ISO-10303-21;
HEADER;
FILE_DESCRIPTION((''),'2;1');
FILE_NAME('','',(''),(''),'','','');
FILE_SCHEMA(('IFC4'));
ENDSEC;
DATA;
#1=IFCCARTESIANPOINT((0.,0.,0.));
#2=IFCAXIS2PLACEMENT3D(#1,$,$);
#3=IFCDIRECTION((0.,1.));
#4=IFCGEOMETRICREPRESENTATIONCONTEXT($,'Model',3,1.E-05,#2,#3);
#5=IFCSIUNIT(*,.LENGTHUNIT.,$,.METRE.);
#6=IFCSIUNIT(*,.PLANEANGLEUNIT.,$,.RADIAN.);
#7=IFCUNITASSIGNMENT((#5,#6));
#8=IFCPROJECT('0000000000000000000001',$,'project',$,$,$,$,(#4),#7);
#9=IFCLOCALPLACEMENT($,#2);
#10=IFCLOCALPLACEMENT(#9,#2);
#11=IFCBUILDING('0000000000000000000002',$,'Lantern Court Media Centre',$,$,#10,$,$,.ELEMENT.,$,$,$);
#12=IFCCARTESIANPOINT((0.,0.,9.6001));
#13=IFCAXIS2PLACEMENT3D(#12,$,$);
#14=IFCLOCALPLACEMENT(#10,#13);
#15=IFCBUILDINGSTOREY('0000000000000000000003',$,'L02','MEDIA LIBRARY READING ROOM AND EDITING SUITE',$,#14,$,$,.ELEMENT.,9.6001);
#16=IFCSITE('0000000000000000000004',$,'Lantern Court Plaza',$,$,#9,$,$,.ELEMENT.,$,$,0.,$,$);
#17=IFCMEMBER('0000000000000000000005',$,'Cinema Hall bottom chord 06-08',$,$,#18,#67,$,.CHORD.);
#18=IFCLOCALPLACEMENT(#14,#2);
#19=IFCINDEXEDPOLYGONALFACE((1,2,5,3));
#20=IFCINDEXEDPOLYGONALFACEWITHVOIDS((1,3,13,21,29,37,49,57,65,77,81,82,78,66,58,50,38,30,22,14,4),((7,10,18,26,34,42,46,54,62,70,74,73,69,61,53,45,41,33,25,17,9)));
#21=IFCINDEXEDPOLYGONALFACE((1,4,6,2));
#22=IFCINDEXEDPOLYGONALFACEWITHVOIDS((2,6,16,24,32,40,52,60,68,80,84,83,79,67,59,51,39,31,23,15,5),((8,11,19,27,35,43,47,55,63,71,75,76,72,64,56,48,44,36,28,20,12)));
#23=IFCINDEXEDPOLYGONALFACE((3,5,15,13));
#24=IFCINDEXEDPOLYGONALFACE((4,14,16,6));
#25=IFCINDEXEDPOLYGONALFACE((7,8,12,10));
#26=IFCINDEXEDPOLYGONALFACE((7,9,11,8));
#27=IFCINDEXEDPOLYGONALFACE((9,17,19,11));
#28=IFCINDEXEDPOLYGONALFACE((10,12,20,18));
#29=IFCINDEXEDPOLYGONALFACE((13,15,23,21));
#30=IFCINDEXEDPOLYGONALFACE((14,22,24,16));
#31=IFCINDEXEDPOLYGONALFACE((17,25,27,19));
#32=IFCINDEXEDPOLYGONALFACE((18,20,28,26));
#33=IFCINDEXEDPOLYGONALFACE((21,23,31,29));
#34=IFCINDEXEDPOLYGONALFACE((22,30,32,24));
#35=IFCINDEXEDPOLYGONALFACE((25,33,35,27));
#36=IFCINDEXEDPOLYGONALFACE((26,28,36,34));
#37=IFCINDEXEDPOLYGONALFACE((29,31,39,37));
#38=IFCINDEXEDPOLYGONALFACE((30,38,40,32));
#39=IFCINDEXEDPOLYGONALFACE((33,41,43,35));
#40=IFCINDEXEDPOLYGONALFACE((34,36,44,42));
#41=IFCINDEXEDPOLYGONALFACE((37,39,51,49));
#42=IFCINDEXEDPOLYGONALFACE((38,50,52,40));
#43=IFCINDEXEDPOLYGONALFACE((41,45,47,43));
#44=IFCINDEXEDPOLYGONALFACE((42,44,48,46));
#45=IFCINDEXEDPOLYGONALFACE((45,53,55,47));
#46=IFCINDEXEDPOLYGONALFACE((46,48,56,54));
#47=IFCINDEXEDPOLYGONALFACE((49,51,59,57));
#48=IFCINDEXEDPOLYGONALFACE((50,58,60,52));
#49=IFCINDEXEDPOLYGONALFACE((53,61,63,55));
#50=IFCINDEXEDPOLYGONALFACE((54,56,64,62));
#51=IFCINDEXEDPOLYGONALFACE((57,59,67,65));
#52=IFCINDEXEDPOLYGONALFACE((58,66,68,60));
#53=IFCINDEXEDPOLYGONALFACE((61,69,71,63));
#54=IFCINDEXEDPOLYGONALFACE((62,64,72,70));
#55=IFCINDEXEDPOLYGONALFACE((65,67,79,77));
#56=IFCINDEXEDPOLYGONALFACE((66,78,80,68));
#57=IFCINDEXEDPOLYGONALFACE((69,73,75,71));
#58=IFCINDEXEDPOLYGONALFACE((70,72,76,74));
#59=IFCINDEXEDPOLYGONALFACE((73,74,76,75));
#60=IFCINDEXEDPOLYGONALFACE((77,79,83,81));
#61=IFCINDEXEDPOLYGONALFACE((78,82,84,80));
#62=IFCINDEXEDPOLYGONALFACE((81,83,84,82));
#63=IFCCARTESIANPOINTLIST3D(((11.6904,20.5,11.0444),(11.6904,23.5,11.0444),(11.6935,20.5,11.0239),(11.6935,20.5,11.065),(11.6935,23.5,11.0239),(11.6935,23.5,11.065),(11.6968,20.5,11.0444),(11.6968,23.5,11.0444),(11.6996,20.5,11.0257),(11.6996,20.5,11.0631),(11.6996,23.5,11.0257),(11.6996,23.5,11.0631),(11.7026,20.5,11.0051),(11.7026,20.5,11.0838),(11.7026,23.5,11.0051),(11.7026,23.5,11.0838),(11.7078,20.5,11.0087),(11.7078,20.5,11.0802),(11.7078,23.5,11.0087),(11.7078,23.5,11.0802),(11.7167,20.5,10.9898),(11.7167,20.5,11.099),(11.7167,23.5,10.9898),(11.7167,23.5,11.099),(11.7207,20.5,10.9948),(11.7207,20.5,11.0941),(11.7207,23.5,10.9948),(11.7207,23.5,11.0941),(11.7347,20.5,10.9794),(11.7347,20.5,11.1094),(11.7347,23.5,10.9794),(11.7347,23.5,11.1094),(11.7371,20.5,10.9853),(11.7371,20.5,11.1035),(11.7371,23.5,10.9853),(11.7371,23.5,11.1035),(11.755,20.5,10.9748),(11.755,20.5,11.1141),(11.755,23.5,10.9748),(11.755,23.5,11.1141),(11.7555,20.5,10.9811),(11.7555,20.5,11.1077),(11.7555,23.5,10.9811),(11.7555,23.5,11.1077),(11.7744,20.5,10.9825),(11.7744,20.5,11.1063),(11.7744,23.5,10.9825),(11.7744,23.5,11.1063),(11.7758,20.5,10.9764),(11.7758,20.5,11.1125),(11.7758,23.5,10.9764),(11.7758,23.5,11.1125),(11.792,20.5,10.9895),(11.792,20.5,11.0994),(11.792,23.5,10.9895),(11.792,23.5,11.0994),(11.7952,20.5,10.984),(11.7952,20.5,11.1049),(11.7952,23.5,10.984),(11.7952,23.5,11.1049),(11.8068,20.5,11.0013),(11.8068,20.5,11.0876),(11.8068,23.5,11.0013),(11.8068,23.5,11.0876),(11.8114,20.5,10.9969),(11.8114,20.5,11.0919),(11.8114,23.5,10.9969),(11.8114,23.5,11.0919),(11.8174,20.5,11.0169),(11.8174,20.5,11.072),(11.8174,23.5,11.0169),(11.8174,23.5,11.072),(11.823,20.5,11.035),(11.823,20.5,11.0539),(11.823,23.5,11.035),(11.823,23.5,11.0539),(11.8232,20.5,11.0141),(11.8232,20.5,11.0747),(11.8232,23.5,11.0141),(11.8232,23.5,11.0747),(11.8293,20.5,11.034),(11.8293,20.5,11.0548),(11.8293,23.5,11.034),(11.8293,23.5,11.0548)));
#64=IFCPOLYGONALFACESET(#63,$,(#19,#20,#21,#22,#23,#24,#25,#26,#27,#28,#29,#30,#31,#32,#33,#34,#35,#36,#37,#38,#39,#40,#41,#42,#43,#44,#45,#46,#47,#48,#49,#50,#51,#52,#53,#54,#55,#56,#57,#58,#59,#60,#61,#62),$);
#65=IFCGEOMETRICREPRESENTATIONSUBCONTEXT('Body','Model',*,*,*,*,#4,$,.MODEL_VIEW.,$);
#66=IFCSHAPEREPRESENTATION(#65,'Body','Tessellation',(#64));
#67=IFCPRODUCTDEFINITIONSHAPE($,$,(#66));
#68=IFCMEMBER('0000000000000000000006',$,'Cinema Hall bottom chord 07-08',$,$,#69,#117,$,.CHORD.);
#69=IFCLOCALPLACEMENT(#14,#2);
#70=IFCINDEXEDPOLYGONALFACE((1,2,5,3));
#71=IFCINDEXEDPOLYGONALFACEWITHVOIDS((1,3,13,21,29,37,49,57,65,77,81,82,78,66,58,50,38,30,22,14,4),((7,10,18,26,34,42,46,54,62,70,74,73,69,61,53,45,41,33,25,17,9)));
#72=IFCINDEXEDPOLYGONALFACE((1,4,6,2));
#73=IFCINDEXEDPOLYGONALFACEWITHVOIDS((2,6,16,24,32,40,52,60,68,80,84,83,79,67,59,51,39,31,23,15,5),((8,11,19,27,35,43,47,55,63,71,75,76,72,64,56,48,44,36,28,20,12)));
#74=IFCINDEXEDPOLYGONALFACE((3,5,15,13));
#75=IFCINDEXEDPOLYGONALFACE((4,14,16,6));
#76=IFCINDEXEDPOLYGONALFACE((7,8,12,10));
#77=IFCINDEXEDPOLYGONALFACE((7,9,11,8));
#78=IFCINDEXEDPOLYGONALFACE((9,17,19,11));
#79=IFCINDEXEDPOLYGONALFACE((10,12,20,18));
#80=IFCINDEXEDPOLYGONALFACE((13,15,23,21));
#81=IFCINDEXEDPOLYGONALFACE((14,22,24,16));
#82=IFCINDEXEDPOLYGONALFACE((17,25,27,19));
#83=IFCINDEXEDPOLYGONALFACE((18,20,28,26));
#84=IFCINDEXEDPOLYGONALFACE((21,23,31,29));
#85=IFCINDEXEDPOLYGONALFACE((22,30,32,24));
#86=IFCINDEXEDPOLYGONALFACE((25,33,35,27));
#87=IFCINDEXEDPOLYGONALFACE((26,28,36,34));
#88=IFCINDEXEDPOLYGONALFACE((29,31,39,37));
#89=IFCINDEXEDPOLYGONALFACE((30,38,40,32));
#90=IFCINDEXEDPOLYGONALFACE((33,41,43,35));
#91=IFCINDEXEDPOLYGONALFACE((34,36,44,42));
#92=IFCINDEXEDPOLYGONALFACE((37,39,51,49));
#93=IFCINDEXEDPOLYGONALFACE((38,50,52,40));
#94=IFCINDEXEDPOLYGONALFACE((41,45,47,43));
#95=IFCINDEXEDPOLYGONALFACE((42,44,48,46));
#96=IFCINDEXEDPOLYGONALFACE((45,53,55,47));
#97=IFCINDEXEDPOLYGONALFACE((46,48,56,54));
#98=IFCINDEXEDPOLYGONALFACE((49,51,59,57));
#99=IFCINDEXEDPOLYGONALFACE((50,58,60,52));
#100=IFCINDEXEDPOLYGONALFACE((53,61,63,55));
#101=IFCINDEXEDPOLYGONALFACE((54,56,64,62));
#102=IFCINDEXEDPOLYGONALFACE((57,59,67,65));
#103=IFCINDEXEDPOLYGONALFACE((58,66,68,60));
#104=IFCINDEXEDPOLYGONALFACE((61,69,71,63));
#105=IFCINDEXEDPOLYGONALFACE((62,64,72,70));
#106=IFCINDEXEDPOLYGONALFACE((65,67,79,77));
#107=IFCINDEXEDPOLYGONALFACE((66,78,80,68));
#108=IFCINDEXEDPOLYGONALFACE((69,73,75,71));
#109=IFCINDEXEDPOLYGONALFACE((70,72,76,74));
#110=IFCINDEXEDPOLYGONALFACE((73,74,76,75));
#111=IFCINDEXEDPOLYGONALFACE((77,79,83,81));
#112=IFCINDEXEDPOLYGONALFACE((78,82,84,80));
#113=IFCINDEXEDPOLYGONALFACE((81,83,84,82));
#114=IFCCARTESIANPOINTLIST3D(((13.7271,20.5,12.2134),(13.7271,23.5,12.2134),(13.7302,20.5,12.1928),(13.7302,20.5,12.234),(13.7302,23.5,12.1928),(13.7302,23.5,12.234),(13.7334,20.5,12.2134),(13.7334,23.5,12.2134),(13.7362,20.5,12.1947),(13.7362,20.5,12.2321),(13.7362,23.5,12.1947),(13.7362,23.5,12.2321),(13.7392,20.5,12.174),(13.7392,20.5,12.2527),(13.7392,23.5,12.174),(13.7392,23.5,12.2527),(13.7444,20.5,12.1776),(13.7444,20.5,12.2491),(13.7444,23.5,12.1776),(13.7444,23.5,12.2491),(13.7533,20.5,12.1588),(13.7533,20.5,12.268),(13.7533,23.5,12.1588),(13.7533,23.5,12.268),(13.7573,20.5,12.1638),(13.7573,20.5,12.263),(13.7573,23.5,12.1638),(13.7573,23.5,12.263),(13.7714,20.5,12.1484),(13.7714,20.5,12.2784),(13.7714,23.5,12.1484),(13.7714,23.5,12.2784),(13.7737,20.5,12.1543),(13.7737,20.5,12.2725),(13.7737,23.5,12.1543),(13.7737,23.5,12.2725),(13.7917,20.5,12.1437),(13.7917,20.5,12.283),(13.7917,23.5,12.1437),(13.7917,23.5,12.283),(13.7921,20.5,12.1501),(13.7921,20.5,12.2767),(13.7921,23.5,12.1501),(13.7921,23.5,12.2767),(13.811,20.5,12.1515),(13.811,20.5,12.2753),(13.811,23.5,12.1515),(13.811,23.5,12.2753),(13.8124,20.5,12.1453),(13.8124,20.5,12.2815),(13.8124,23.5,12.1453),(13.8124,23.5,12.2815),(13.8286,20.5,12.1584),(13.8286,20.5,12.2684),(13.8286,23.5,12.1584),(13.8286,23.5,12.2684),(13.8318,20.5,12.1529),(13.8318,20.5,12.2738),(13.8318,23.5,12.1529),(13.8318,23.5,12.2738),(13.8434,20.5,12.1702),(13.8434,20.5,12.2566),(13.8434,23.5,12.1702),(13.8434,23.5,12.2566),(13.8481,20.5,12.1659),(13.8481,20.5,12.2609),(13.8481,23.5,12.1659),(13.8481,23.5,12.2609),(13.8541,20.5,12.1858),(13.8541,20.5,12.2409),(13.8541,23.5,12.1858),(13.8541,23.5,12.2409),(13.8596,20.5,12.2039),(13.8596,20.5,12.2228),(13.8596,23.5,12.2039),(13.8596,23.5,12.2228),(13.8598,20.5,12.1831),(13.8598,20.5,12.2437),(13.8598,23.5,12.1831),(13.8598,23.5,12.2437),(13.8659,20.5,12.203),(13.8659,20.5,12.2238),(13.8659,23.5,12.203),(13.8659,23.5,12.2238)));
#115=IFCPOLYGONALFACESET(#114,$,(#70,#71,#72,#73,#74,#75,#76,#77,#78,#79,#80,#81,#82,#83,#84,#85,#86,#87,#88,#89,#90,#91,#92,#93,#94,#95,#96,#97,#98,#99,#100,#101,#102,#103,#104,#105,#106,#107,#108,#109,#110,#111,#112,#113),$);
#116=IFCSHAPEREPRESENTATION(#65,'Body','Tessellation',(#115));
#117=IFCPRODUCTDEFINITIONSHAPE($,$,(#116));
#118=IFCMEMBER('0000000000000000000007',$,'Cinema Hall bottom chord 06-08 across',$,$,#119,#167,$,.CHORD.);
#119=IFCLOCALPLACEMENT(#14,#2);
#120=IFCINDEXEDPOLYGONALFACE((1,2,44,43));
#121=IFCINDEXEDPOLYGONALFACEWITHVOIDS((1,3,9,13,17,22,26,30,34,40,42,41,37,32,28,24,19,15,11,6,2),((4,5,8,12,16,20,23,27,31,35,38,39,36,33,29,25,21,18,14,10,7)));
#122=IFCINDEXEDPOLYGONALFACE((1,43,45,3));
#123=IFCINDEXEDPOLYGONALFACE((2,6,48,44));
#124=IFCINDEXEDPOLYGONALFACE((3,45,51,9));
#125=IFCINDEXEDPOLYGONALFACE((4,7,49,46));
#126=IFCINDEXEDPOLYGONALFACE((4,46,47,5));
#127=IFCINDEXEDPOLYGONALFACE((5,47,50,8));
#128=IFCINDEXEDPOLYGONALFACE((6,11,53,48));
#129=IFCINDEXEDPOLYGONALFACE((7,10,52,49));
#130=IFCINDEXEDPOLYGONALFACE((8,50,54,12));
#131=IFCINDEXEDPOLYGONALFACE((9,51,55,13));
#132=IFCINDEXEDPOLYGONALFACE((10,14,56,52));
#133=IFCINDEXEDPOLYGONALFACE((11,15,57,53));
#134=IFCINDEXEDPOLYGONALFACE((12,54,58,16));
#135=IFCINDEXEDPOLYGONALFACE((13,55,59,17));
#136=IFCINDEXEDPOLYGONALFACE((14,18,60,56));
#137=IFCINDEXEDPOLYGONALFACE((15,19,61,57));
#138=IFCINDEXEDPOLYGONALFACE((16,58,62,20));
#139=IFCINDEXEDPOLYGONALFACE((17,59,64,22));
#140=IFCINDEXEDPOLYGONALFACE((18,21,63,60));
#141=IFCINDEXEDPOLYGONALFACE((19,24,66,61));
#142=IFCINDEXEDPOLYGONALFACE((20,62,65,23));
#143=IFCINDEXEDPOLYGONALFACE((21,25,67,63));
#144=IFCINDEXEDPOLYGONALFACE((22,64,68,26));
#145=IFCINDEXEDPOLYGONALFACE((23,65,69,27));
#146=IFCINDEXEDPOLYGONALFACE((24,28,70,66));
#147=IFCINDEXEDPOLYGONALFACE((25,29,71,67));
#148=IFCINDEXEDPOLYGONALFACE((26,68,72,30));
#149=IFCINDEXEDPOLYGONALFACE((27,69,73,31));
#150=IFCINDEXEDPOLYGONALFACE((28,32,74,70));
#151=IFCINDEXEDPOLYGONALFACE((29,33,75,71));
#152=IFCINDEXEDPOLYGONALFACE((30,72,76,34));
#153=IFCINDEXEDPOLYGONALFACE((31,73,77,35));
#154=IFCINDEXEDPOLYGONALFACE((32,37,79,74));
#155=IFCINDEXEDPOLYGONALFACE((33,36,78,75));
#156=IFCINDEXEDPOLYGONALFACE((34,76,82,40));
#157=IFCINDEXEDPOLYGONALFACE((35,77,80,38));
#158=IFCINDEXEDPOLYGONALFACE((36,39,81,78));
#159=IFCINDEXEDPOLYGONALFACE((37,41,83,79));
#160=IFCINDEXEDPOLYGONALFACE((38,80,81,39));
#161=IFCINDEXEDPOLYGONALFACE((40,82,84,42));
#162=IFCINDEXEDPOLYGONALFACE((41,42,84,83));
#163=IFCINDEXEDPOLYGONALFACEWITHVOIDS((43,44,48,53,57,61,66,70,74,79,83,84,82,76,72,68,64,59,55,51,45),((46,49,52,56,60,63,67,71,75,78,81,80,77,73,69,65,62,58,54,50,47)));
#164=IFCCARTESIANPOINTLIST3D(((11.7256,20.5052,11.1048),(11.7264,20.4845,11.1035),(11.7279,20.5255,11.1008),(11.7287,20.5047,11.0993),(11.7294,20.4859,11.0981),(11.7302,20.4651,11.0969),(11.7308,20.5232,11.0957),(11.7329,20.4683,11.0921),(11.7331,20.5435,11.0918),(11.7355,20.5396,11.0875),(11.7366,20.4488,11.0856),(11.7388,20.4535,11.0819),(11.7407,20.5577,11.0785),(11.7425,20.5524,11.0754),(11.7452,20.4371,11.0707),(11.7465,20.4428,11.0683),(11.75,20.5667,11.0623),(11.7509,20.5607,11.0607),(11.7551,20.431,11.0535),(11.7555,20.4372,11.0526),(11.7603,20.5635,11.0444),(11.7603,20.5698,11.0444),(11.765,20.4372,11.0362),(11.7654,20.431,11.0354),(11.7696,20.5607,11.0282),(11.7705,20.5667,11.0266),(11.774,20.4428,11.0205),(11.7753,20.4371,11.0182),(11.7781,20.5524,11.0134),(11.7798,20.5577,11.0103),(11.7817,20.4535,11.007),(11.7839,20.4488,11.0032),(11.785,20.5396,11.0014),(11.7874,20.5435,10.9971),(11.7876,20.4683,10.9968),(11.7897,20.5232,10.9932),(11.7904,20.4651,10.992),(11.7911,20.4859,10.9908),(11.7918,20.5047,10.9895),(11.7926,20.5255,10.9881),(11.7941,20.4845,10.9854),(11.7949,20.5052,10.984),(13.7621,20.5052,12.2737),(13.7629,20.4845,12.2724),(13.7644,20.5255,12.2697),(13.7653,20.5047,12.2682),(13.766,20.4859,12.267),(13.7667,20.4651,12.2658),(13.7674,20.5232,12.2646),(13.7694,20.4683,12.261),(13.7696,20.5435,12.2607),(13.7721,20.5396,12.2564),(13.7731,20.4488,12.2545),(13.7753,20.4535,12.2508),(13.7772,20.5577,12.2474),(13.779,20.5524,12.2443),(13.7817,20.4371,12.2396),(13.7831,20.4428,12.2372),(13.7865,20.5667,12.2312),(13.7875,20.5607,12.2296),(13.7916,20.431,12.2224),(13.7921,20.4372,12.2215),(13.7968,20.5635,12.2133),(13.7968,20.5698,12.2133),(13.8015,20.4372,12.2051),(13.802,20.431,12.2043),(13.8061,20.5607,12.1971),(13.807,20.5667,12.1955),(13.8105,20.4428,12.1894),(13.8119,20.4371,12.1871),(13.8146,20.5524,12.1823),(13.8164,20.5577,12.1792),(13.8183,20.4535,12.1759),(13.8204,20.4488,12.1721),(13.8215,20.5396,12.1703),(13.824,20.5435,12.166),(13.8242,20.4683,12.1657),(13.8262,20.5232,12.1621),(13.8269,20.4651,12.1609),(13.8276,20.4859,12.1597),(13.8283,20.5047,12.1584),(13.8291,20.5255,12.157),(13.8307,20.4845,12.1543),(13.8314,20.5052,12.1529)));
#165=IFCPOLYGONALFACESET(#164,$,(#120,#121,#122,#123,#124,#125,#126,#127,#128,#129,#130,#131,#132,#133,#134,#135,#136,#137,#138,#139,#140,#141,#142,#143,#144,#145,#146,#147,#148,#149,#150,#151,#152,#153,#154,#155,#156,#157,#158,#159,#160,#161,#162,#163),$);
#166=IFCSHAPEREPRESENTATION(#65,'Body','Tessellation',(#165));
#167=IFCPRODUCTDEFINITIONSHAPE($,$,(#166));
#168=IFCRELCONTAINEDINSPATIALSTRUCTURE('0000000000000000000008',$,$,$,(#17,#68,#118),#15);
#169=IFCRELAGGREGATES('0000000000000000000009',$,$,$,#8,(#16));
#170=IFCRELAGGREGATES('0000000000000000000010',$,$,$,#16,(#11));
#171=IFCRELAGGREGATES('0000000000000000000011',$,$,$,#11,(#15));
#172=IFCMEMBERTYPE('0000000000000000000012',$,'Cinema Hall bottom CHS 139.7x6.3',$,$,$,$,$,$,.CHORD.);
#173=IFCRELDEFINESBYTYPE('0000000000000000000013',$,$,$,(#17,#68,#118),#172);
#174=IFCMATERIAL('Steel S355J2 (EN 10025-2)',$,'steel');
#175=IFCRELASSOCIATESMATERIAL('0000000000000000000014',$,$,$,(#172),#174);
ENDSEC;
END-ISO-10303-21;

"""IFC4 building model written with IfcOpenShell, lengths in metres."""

from ifc_helpers import new_model, si_unit, direction, frame, origin, origin_2d, place, context, subcontext, project, spatial, hollow_circle, extrude, material, material_profile, profile_set, type_object, element, save


model = new_model("IFC4")

# Units and contexts
model_context = context("Model", 3, precision=1e-05, world=origin(), true_north=direction((0.0, 1.0)))
body_context = subcontext(model_context, "Body", "Model", "MODEL_VIEW")
ifc_project = project(units=[si_unit("LENGTHUNIT", "METRE"), si_unit("PLANEANGLEUNIT", "RADIAN")], contexts=[model_context])

# Site, building, storey
site_placement = place(None, origin())
site = spatial("IfcSite", under=ifc_project, at=site_placement, Name="Lantern Court Plaza", CompositionType="ELEMENT", RefElevation=0.0)
building_placement = place(site_placement, origin())
building = spatial("IfcBuilding", under=site, at=building_placement, Name="Lantern Court Media Centre", CompositionType="ELEMENT")
storey_placement = place(building_placement, frame((0.0, 0.0, 9.6001)))
storey = spatial("IfcBuildingStorey", under=building, at=storey_placement, Name="L02", Description="MEDIA LIBRARY READING ROOM AND EDITING SUITE", CompositionType="ELEMENT", Elevation=9.6001)

# Members
ifc_material = material(Name="Steel S355J2 (EN 10025-2)", Category="steel")
ifc_material_profile_1 = material_profile(ifc_material, hollow_circle(Radius=0.0698, WallThickness=0.0063, at=origin_2d()), Name="Cinema Hall bottom CHS 139.7x6.3")
ifc_profile_set_1 = profile_set([ifc_material_profile_1], Name="Steel S355J2 (EN 10025-2)")
member_type_1 = type_object("IfcMemberType", Name="Cinema Hall bottom CHS 139.7x6.3", PredefinedType="CHORD", material=ifc_profile_set_1)
for number, where, z_axis, x_axis, name in (
    (1, (11.7603, 20.5, 11.0444), (0.0, 1.0, 0.0), (-1.0, 0.0, 0.0), "Cinema Hall bottom chord 06-08"),
    (2, (13.7969, 20.5, 12.2134), (0.0, 1.0, 0.0), (-1.0, 0.0, 0.0), "Cinema Hall bottom chord 07-08"),
):
    element("IfcMember", number, at=place(storey_placement, frame(where, z_axis=z_axis, x_axis=x_axis)), inside=storey, type_object=member_type_1, Name=name, PredefinedType="CHORD", context=body_context, shape_type="SweptSolid", body=[
        extrude(hollow_circle(Radius=0.0698, WallThickness=0.0063, at=origin_2d()), origin(), (0.0, 0.0, 1.0), 3.0),
    ])
member_1_placement = place(storey_placement, frame((11.7603, 20.5, 11.0444), z_axis=(0.867295, 0.0, 0.497795), x_axis=(0.0, 1.0, 0.0)))
element("IfcMember", 3, at=member_1_placement, inside=storey, type_object=member_type_1, Name="Cinema Hall bottom chord 06-08 across", PredefinedType="CHORD", context=body_context, shape_type="SweptSolid", body=[
    extrude(hollow_circle(Radius=0.0698, WallThickness=0.0063, at=origin_2d()), origin(), (0.0, 0.0, 1.0), 2.3481),
])

save(model, "model.ifc")
